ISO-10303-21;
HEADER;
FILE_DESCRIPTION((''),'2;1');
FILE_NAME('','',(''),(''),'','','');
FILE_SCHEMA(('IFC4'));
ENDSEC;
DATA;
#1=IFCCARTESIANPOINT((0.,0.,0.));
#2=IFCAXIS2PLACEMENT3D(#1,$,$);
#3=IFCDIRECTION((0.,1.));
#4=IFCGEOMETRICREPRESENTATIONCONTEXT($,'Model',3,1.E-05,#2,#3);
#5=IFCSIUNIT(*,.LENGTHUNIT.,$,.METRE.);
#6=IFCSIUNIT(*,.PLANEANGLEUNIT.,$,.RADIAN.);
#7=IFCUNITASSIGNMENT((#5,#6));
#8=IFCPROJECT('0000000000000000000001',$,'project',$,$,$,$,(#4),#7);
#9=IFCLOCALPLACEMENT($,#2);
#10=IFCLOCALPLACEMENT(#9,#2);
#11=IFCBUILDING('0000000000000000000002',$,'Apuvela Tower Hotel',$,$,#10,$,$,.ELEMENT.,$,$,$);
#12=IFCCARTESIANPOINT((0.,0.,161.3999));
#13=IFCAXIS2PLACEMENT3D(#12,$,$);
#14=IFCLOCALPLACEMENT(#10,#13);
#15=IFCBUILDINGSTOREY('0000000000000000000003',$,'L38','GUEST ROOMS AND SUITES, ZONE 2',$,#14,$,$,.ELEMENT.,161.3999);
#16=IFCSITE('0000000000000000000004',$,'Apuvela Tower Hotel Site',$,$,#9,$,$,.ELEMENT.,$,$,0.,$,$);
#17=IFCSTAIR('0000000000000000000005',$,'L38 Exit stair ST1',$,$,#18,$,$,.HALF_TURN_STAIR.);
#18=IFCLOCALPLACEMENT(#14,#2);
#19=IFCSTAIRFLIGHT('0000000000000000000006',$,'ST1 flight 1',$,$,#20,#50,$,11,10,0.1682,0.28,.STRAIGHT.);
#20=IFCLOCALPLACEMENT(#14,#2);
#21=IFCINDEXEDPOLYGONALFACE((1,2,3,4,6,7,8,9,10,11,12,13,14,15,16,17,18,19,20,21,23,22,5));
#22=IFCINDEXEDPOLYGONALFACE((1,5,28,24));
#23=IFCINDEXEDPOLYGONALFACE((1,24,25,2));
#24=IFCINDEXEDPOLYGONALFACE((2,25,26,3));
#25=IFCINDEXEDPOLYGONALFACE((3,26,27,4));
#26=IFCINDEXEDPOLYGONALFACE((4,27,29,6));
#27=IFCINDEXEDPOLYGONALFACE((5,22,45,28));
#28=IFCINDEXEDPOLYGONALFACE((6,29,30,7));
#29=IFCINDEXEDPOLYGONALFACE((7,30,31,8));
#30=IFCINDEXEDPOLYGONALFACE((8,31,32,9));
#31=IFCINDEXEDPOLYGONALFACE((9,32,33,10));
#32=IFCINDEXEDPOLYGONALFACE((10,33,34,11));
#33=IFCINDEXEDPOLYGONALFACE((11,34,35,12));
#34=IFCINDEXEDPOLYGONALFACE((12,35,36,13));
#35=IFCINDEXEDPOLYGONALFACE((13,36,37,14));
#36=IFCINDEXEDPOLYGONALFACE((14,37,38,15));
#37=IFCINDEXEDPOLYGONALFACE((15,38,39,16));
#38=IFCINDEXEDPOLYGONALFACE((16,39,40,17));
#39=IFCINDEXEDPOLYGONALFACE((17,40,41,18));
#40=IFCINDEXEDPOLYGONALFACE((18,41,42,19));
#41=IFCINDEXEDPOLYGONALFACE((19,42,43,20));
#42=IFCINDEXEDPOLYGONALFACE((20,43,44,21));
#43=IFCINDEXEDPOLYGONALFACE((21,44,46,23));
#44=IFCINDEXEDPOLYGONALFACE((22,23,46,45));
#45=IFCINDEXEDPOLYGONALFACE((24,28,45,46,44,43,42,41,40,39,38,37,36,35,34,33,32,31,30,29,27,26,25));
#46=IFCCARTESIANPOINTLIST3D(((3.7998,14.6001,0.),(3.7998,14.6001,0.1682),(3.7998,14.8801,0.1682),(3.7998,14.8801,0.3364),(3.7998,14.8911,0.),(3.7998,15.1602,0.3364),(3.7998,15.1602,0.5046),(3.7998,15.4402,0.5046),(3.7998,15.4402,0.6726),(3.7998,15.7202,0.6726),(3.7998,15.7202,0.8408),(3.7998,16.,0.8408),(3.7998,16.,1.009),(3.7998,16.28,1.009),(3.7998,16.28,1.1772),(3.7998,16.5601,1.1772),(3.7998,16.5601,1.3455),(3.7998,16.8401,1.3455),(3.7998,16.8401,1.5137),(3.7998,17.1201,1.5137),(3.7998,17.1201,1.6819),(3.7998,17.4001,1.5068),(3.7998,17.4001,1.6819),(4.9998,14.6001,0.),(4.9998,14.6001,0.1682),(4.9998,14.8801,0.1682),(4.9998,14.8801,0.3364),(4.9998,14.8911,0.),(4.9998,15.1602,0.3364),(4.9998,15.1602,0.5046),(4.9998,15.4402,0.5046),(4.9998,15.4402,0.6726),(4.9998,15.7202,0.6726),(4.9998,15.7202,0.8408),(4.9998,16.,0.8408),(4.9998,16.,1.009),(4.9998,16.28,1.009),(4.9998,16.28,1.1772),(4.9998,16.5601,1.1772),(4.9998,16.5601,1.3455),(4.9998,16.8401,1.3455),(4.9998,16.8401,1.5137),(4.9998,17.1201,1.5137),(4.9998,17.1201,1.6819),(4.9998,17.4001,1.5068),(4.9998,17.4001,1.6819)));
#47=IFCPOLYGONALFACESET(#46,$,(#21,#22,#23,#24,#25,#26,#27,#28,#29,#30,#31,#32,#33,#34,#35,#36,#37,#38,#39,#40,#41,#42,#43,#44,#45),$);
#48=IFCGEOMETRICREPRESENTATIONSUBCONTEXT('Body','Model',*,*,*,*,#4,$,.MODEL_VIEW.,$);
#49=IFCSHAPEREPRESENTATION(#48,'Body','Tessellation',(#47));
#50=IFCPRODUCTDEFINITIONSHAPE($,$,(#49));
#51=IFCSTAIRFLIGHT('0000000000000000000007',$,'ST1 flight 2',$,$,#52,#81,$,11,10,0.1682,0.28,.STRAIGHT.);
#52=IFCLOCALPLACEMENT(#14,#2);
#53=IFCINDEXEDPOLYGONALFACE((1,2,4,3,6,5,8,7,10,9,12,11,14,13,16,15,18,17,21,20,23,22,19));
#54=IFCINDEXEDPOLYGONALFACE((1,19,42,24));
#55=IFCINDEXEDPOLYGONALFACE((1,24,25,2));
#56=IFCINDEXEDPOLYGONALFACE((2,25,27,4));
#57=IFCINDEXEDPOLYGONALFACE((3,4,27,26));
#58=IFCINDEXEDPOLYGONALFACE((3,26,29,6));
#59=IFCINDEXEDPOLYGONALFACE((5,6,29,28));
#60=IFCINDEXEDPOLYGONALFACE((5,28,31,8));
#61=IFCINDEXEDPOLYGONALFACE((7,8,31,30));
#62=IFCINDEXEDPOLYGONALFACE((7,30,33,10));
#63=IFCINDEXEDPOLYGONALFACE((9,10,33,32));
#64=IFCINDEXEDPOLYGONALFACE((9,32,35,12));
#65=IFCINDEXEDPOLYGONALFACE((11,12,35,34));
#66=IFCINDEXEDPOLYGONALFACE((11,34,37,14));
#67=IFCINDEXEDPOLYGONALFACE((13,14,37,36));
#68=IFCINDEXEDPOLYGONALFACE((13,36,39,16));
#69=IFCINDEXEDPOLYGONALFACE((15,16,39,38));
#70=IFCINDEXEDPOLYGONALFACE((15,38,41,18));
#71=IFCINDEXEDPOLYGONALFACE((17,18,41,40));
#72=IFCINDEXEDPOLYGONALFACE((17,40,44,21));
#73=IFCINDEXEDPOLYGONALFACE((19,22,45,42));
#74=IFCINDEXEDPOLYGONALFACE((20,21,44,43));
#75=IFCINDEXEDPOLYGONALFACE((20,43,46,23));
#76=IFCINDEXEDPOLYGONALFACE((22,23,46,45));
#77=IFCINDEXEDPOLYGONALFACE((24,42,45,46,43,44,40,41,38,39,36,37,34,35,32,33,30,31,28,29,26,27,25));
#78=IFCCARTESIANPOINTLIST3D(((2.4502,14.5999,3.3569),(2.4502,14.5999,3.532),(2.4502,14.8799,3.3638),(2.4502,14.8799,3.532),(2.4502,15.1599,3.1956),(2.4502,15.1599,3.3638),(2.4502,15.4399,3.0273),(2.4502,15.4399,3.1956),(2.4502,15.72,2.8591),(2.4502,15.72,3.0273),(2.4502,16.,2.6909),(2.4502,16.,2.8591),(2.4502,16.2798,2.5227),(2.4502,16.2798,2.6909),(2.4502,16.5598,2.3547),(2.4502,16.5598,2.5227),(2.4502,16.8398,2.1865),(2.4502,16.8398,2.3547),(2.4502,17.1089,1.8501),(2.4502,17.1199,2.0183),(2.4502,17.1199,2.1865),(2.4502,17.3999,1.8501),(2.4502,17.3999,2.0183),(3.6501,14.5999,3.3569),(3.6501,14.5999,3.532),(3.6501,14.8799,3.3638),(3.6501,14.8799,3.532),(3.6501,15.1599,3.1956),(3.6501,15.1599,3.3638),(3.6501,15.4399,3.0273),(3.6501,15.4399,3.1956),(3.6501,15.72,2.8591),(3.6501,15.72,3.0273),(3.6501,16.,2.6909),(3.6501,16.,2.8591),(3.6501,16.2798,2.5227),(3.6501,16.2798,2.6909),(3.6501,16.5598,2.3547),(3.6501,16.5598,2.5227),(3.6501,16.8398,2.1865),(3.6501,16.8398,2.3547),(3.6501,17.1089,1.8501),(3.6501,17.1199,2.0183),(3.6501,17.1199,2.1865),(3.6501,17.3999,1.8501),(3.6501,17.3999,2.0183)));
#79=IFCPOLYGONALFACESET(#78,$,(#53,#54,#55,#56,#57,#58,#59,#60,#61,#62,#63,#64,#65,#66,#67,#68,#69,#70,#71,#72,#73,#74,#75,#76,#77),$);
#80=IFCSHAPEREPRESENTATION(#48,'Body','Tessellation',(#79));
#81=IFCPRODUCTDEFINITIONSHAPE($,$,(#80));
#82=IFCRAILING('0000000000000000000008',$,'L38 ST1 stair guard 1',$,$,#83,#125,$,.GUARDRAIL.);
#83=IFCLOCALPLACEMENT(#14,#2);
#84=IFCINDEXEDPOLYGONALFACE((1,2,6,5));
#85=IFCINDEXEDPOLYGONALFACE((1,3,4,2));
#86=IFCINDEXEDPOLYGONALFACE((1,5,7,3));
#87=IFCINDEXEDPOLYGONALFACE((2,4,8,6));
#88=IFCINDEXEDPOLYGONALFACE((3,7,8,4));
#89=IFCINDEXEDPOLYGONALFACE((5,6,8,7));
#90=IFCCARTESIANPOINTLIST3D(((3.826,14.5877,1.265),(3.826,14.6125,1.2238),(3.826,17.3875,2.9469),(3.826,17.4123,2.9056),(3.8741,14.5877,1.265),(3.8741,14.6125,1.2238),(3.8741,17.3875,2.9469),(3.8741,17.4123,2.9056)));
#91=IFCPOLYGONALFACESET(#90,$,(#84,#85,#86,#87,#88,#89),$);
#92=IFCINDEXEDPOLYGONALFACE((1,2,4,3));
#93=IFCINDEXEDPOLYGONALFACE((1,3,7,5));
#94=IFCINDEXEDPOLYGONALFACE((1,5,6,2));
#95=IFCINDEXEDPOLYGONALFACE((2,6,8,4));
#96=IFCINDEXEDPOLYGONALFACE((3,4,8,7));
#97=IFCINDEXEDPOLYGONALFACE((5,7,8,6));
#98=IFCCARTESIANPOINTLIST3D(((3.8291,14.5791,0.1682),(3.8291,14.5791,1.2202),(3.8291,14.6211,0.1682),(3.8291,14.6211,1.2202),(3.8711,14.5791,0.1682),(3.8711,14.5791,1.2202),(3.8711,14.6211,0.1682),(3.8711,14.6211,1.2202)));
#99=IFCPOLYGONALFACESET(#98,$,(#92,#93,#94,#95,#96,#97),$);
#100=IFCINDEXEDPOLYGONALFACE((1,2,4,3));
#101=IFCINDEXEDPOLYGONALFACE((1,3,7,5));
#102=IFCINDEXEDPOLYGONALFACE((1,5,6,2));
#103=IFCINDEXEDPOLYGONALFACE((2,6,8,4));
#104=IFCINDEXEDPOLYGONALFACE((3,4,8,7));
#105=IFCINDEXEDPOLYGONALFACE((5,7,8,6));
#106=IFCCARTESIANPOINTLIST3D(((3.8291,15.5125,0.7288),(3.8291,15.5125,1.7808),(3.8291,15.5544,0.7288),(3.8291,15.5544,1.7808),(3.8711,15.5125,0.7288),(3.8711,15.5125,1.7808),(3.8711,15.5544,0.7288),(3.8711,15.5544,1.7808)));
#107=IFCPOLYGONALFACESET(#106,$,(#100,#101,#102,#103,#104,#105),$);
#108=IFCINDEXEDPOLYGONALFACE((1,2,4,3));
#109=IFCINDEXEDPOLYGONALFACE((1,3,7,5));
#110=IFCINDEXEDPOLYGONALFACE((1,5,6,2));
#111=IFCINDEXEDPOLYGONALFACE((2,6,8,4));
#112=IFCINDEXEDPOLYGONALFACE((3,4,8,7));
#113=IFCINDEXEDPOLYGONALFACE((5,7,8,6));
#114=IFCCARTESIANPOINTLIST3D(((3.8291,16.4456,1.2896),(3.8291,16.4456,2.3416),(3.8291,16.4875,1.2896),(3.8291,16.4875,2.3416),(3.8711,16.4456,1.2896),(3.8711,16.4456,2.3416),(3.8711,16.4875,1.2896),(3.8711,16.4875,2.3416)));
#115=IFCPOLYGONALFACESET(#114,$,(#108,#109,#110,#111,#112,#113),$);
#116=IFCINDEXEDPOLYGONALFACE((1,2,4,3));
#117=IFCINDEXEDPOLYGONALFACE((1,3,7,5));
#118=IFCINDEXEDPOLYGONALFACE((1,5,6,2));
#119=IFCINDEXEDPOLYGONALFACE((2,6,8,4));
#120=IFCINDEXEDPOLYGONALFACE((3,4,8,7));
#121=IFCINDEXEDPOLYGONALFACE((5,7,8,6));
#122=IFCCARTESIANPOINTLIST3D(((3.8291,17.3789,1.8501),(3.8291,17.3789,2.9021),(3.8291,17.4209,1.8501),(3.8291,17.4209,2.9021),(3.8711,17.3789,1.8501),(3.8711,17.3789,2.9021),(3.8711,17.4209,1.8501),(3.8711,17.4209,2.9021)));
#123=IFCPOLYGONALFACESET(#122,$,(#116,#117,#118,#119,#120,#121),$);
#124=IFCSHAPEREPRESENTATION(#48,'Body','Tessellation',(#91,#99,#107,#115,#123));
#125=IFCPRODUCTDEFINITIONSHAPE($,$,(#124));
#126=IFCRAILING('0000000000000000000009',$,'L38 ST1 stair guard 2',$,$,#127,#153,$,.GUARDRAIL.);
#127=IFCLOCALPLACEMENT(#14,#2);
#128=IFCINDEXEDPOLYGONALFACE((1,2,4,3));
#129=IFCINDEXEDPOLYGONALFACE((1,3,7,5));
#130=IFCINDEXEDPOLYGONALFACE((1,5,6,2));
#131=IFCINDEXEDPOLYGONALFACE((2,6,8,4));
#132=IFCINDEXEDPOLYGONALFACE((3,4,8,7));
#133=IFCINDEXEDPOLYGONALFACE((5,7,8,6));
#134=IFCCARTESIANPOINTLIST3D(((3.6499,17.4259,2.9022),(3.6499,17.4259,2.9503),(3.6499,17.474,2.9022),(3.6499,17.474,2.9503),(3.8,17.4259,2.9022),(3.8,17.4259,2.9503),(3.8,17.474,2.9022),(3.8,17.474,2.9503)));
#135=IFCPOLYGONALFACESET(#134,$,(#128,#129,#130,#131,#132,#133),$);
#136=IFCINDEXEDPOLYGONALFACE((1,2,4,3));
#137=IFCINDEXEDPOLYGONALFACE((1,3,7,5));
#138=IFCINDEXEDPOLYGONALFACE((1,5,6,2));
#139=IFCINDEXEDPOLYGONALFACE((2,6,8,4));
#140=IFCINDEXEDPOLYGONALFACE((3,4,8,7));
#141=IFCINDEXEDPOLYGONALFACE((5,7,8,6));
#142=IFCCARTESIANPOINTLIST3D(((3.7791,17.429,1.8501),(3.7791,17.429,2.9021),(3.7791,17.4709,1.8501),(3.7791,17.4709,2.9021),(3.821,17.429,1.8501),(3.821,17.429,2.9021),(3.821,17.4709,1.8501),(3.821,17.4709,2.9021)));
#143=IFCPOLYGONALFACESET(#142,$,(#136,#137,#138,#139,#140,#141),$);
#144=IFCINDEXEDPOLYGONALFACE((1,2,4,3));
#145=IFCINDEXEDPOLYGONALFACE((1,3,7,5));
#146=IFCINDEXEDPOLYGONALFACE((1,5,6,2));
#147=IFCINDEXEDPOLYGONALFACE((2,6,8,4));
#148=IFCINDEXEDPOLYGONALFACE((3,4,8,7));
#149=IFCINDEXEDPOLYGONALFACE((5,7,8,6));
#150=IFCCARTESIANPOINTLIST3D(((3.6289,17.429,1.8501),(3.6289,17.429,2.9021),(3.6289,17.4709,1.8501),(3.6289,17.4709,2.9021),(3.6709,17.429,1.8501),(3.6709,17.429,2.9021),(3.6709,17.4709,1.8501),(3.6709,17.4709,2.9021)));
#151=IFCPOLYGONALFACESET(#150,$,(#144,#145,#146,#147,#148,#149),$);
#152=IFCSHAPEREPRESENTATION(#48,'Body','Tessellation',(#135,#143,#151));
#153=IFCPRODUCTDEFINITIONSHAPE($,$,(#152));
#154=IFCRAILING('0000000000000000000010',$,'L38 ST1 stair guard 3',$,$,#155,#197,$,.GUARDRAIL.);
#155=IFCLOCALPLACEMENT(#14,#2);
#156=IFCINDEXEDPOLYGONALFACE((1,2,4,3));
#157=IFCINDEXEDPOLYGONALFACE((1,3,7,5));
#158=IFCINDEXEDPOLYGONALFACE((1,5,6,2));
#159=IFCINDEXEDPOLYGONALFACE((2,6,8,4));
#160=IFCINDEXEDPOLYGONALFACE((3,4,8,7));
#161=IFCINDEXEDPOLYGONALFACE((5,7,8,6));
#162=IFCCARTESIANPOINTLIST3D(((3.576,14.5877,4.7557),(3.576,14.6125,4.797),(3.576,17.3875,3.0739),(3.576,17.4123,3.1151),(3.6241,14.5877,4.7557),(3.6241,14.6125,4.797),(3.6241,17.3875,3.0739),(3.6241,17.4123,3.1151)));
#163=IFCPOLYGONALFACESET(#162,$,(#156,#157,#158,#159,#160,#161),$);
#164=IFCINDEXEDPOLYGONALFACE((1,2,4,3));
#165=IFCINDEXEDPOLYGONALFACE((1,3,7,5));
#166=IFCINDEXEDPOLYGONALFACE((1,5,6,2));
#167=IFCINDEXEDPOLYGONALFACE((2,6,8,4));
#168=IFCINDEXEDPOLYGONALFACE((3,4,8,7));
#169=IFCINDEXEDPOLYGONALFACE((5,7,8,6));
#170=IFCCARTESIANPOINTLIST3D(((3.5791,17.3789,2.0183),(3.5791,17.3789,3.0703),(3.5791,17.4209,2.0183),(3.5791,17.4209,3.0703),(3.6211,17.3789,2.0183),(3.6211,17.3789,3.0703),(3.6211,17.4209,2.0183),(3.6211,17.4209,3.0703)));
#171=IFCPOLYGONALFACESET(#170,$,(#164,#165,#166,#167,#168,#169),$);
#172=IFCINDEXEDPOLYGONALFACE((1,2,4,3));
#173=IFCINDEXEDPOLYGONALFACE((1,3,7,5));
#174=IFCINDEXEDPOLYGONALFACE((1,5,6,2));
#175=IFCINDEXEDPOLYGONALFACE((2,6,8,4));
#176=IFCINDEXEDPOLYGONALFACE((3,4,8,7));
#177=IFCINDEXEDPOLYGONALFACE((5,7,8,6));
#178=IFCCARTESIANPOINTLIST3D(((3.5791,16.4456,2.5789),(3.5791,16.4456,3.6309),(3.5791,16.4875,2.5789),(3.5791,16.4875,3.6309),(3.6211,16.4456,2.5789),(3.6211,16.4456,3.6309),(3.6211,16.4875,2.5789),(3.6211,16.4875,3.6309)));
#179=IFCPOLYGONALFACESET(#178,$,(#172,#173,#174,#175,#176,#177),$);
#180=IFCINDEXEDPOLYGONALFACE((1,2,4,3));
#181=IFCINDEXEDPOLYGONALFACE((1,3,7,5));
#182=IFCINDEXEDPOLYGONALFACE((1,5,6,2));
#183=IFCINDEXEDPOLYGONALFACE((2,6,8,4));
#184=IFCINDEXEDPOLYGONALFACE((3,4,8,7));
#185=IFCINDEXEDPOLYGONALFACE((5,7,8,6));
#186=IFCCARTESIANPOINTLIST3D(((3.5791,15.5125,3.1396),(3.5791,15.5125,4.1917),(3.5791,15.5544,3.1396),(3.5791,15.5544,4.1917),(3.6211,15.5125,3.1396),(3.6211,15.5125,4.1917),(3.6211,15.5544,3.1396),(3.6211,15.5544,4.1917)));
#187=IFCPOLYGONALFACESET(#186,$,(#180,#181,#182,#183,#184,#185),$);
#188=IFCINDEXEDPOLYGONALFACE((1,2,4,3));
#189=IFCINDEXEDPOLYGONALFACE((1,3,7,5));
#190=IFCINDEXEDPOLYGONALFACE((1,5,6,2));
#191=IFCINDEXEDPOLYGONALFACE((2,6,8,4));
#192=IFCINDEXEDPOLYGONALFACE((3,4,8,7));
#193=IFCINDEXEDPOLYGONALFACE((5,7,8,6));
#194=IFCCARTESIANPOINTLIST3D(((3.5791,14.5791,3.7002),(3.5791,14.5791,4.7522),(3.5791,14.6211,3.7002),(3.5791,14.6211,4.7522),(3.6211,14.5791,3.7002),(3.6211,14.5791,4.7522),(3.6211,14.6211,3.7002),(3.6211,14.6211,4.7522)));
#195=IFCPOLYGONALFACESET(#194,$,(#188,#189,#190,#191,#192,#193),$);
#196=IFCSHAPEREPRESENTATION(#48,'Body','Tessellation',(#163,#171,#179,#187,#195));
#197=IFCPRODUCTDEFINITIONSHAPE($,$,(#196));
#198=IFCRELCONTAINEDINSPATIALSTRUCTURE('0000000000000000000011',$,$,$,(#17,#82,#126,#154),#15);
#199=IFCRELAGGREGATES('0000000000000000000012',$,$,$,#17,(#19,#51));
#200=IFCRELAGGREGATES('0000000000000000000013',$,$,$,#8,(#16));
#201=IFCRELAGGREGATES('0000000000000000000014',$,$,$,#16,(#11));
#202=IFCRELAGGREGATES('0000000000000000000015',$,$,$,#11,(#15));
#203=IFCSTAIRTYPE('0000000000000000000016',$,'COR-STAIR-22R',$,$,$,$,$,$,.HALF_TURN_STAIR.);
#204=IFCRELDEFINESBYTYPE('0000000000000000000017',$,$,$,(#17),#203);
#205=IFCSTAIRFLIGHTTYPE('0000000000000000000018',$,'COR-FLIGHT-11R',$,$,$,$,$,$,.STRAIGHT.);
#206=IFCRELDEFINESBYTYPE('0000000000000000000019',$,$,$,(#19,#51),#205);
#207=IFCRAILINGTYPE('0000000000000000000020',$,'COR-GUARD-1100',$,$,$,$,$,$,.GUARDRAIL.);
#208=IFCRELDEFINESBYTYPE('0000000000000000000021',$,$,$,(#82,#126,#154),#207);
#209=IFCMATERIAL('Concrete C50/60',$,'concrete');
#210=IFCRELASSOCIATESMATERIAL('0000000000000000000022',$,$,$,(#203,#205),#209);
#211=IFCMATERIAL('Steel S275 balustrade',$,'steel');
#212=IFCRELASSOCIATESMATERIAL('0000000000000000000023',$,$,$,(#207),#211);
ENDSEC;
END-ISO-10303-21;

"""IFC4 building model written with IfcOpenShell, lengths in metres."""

from ifc_helpers import new_model, si_unit, direction, frame, origin, origin_2d, place, context, subcontext, project, spatial, polyline, rectangle, outline, extrude, material, type_object, element, aggregate, save


model = new_model("IFC4")

# Units and contexts
model_context = context("Model", 3, precision=1e-05, world=origin(), true_north=direction((0.0, 1.0)))
body_context = subcontext(model_context, "Body", "Model", "MODEL_VIEW")
ifc_project = project(units=[si_unit("LENGTHUNIT", "METRE"), si_unit("PLANEANGLEUNIT", "RADIAN")], contexts=[model_context])

# Site, building, storey
site_placement = place(None, origin())
site = spatial("IfcSite", under=ifc_project, at=site_placement, Name="Apuvela Tower Hotel Site", CompositionType="ELEMENT", RefElevation=0.0)
building_placement = place(site_placement, origin())
building = spatial("IfcBuilding", under=site, at=building_placement, Name="Apuvela Tower Hotel", CompositionType="ELEMENT")
storey_placement = place(building_placement, frame((0.0, 0.0, 161.3999)))
storey = spatial("IfcBuildingStorey", under=building, at=storey_placement, Name="L38", Description="GUEST ROOMS AND SUITES, ZONE 2", CompositionType="ELEMENT", Elevation=161.3999)

# Shared definitions
ifc_material_1 = material(Name="Concrete C50/60", Category="concrete")

# Stair, stair flights
stair_type = type_object("IfcStairType", Name="COR-STAIR-22R", PredefinedType="HALF_TURN_STAIR", material=ifc_material_1)
stair_placement = place(storey_placement, origin())
stair = element("IfcStair", 1, at=stair_placement, inside=storey, type_object=stair_type, Name="L38 Exit stair ST1", PredefinedType="HALF_TURN_STAIR")
stair_flight_type = type_object("IfcStairFlightType", Name="COR-FLIGHT-11R", PredefinedType="STRAIGHT", material=ifc_material_1)
stair_flight_1_placement = place(storey_placement, frame((4.3999, 14.6001, 0.0), z_axis=(0.0, 0.0, 1.0), x_axis=(0.0, 1.0, 0.0)))
stair_flight_1 = element("IfcStairFlight", 2, at=stair_flight_1_placement, type_object=stair_flight_type, Name="ST1 flight 1", NumberOfRisers=11, NumberOfTreads=10, PredefinedType="STRAIGHT", RiserHeight=0.1682, TreadLength=0.28, context=body_context, shape_type="SweptSolid", body=[
    extrude(outline(polyline([(0.0, 0.0), (0.0, 0.1682), (0.28, 0.1682), (0.28, 0.3364), (0.5601, 0.3364), (0.5601, 0.5046), (0.8401, 0.5046), (0.8401, 0.6726), (1.1201, 0.6726), (1.1201, 0.8408), (1.3999, 0.8408), (1.3999, 1.009), (1.6799, 1.009), (1.6799, 1.1772), (1.96, 1.1772), (1.96, 1.3455), (2.24, 1.3455), (2.24, 1.5137), (2.52, 1.5137), (2.52, 1.6819), (2.8, 1.6819), (2.8, 1.8501), (2.8, 1.5068), (0.291, 0.0), (0.0, 0.0)])), frame((0.0, 0.6001, 0.0), z_axis=(0.0, -1.0, 0.0), x_axis=(1.0, 0.0, 0.0)), (0.0, 0.0, 1.0), 1.2),
])
stair_flight_2_placement = place(storey_placement, frame((3.05, 17.3999, 1.8501), z_axis=(0.0, 0.0, 1.0), x_axis=(0.0, -1.0, 0.0)))
stair_flight_2 = element("IfcStairFlight", 3, at=stair_flight_2_placement, type_object=stair_flight_type, Name="ST1 flight 2", NumberOfRisers=11, NumberOfTreads=10, PredefinedType="STRAIGHT", RiserHeight=0.1682, TreadLength=0.28, context=body_context, shape_type="SweptSolid", body=[
    extrude(outline(polyline([(0.0, 0.0), (0.0, 0.1682), (0.28, 0.1682), (0.28, 0.3364), (0.5601, 0.3364), (0.5601, 0.5046), (0.8401, 0.5046), (0.8401, 0.6726), (1.1201, 0.6726), (1.1201, 0.8408), (1.3999, 0.8408), (1.3999, 1.009), (1.6799, 1.009), (1.6799, 1.1772), (1.96, 1.1772), (1.96, 1.3455), (2.24, 1.3455), (2.24, 1.5137), (2.52, 1.5137), (2.52, 1.6819), (2.8, 1.6819), (2.8, 1.8501), (2.8, 1.5068), (0.291, 0.0), (0.0, 0.0)])), frame((0.0, 0.6001, 0.0), z_axis=(0.0, -1.0, 0.0), x_axis=(1.0, 0.0, 0.0)), (0.0, 0.0, 1.0), 1.2),
])
aggregate(stair, [stair_flight_1, stair_flight_2])

# Railings
ifc_material_2 = material(Name="Steel S275 balustrade", Category="steel")
railing_type_1 = type_object("IfcRailingType", Name="COR-GUARD-1100", PredefinedType="GUARDRAIL", material=ifc_material_2)
railing_1_placement = place(storey_placement, frame((3.8501, 14.6001, 0.1682)))
element("IfcRailing", 4, at=railing_1_placement, inside=storey, type_object=railing_type_1, Name="L38 ST1 stair guard 1", PredefinedType="GUARDRAIL", context=body_context, shape_type="SweptSolid", body=[
    extrude(rectangle(XDim=0.0481, YDim=0.0481, at=origin_2d()), frame((0.0, 0.0, 1.0762), z_axis=(0.0, 0.857222, 0.514946), x_axis=(-1.0, 0.0, 0.0)), (0.0, 0.0, 1.0), 3.2661),
    extrude(rectangle(XDim=0.042, YDim=0.042, at=origin_2d()), origin(), (0.0, 0.0, 1.0), 1.052),
    extrude(rectangle(XDim=0.042, YDim=0.042, at=origin_2d()), frame((0.0, 0.9333, 0.5605)), (0.0, 0.0, 1.0), 1.052),
    extrude(rectangle(XDim=0.042, YDim=0.042, at=origin_2d()), frame((0.0, 1.8665, 1.1213)), (0.0, 0.0, 1.0), 1.052),
    extrude(rectangle(XDim=0.042, YDim=0.042, at=origin_2d()), frame((0.0, 2.7998, 1.6819)), (0.0, 0.0, 1.0), 1.052),
])
railing_2_placement = place(storey_placement, frame((3.8, 17.45, 1.8501)))
element("IfcRailing", 5, at=railing_2_placement, inside=storey, type_object=railing_type_1, Name="L38 ST1 stair guard 2", PredefinedType="GUARDRAIL", context=body_context, shape_type="SweptSolid", body=[
    extrude(rectangle(XDim=0.0481, YDim=0.0481, at=origin_2d()), frame((0.0, 0.0, 1.0762), z_axis=(-1.0, 0.0, 0.0), x_axis=(0.0, -1.0, 0.0)), (0.0, 0.0, 1.0), 0.1501),
    extrude(rectangle(XDim=0.042, YDim=0.042, at=origin_2d()), origin(), (0.0, 0.0, 1.0), 1.052),
    extrude(rectangle(XDim=0.042, YDim=0.042, at=origin_2d()), frame((-0.1501, 0.0, 0.0)), (0.0, 0.0, 1.0), 1.052),
])
railing_3_placement = place(storey_placement, frame((3.6001, 17.3999, 2.0183)))
element("IfcRailing", 6, at=railing_3_placement, inside=storey, type_object=railing_type_1, Name="L38 ST1 stair guard 3", PredefinedType="GUARDRAIL", context=body_context, shape_type="SweptSolid", body=[
    extrude(rectangle(XDim=0.0481, YDim=0.0481, at=origin_2d()), frame((0.0, 0.0, 1.0762), z_axis=(0.0, -0.857222, 0.514946), x_axis=(1.0, 0.0, 0.0)), (0.0, 0.0, 1.0), 3.2661),
    extrude(rectangle(XDim=0.042, YDim=0.042, at=origin_2d()), origin(), (0.0, 0.0, 1.0), 1.052),
    extrude(rectangle(XDim=0.042, YDim=0.042, at=origin_2d()), frame((0.0, -0.9333, 0.5605)), (0.0, 0.0, 1.0), 1.052),
    extrude(rectangle(XDim=0.042, YDim=0.042, at=origin_2d()), frame((0.0, -1.8665, 1.1213)), (0.0, 0.0, 1.0), 1.052),
    extrude(rectangle(XDim=0.042, YDim=0.042, at=origin_2d()), frame((0.0, -2.7998, 1.6819)), (0.0, 0.0, 1.0), 1.052),
])

save(model, "model.ifc")
